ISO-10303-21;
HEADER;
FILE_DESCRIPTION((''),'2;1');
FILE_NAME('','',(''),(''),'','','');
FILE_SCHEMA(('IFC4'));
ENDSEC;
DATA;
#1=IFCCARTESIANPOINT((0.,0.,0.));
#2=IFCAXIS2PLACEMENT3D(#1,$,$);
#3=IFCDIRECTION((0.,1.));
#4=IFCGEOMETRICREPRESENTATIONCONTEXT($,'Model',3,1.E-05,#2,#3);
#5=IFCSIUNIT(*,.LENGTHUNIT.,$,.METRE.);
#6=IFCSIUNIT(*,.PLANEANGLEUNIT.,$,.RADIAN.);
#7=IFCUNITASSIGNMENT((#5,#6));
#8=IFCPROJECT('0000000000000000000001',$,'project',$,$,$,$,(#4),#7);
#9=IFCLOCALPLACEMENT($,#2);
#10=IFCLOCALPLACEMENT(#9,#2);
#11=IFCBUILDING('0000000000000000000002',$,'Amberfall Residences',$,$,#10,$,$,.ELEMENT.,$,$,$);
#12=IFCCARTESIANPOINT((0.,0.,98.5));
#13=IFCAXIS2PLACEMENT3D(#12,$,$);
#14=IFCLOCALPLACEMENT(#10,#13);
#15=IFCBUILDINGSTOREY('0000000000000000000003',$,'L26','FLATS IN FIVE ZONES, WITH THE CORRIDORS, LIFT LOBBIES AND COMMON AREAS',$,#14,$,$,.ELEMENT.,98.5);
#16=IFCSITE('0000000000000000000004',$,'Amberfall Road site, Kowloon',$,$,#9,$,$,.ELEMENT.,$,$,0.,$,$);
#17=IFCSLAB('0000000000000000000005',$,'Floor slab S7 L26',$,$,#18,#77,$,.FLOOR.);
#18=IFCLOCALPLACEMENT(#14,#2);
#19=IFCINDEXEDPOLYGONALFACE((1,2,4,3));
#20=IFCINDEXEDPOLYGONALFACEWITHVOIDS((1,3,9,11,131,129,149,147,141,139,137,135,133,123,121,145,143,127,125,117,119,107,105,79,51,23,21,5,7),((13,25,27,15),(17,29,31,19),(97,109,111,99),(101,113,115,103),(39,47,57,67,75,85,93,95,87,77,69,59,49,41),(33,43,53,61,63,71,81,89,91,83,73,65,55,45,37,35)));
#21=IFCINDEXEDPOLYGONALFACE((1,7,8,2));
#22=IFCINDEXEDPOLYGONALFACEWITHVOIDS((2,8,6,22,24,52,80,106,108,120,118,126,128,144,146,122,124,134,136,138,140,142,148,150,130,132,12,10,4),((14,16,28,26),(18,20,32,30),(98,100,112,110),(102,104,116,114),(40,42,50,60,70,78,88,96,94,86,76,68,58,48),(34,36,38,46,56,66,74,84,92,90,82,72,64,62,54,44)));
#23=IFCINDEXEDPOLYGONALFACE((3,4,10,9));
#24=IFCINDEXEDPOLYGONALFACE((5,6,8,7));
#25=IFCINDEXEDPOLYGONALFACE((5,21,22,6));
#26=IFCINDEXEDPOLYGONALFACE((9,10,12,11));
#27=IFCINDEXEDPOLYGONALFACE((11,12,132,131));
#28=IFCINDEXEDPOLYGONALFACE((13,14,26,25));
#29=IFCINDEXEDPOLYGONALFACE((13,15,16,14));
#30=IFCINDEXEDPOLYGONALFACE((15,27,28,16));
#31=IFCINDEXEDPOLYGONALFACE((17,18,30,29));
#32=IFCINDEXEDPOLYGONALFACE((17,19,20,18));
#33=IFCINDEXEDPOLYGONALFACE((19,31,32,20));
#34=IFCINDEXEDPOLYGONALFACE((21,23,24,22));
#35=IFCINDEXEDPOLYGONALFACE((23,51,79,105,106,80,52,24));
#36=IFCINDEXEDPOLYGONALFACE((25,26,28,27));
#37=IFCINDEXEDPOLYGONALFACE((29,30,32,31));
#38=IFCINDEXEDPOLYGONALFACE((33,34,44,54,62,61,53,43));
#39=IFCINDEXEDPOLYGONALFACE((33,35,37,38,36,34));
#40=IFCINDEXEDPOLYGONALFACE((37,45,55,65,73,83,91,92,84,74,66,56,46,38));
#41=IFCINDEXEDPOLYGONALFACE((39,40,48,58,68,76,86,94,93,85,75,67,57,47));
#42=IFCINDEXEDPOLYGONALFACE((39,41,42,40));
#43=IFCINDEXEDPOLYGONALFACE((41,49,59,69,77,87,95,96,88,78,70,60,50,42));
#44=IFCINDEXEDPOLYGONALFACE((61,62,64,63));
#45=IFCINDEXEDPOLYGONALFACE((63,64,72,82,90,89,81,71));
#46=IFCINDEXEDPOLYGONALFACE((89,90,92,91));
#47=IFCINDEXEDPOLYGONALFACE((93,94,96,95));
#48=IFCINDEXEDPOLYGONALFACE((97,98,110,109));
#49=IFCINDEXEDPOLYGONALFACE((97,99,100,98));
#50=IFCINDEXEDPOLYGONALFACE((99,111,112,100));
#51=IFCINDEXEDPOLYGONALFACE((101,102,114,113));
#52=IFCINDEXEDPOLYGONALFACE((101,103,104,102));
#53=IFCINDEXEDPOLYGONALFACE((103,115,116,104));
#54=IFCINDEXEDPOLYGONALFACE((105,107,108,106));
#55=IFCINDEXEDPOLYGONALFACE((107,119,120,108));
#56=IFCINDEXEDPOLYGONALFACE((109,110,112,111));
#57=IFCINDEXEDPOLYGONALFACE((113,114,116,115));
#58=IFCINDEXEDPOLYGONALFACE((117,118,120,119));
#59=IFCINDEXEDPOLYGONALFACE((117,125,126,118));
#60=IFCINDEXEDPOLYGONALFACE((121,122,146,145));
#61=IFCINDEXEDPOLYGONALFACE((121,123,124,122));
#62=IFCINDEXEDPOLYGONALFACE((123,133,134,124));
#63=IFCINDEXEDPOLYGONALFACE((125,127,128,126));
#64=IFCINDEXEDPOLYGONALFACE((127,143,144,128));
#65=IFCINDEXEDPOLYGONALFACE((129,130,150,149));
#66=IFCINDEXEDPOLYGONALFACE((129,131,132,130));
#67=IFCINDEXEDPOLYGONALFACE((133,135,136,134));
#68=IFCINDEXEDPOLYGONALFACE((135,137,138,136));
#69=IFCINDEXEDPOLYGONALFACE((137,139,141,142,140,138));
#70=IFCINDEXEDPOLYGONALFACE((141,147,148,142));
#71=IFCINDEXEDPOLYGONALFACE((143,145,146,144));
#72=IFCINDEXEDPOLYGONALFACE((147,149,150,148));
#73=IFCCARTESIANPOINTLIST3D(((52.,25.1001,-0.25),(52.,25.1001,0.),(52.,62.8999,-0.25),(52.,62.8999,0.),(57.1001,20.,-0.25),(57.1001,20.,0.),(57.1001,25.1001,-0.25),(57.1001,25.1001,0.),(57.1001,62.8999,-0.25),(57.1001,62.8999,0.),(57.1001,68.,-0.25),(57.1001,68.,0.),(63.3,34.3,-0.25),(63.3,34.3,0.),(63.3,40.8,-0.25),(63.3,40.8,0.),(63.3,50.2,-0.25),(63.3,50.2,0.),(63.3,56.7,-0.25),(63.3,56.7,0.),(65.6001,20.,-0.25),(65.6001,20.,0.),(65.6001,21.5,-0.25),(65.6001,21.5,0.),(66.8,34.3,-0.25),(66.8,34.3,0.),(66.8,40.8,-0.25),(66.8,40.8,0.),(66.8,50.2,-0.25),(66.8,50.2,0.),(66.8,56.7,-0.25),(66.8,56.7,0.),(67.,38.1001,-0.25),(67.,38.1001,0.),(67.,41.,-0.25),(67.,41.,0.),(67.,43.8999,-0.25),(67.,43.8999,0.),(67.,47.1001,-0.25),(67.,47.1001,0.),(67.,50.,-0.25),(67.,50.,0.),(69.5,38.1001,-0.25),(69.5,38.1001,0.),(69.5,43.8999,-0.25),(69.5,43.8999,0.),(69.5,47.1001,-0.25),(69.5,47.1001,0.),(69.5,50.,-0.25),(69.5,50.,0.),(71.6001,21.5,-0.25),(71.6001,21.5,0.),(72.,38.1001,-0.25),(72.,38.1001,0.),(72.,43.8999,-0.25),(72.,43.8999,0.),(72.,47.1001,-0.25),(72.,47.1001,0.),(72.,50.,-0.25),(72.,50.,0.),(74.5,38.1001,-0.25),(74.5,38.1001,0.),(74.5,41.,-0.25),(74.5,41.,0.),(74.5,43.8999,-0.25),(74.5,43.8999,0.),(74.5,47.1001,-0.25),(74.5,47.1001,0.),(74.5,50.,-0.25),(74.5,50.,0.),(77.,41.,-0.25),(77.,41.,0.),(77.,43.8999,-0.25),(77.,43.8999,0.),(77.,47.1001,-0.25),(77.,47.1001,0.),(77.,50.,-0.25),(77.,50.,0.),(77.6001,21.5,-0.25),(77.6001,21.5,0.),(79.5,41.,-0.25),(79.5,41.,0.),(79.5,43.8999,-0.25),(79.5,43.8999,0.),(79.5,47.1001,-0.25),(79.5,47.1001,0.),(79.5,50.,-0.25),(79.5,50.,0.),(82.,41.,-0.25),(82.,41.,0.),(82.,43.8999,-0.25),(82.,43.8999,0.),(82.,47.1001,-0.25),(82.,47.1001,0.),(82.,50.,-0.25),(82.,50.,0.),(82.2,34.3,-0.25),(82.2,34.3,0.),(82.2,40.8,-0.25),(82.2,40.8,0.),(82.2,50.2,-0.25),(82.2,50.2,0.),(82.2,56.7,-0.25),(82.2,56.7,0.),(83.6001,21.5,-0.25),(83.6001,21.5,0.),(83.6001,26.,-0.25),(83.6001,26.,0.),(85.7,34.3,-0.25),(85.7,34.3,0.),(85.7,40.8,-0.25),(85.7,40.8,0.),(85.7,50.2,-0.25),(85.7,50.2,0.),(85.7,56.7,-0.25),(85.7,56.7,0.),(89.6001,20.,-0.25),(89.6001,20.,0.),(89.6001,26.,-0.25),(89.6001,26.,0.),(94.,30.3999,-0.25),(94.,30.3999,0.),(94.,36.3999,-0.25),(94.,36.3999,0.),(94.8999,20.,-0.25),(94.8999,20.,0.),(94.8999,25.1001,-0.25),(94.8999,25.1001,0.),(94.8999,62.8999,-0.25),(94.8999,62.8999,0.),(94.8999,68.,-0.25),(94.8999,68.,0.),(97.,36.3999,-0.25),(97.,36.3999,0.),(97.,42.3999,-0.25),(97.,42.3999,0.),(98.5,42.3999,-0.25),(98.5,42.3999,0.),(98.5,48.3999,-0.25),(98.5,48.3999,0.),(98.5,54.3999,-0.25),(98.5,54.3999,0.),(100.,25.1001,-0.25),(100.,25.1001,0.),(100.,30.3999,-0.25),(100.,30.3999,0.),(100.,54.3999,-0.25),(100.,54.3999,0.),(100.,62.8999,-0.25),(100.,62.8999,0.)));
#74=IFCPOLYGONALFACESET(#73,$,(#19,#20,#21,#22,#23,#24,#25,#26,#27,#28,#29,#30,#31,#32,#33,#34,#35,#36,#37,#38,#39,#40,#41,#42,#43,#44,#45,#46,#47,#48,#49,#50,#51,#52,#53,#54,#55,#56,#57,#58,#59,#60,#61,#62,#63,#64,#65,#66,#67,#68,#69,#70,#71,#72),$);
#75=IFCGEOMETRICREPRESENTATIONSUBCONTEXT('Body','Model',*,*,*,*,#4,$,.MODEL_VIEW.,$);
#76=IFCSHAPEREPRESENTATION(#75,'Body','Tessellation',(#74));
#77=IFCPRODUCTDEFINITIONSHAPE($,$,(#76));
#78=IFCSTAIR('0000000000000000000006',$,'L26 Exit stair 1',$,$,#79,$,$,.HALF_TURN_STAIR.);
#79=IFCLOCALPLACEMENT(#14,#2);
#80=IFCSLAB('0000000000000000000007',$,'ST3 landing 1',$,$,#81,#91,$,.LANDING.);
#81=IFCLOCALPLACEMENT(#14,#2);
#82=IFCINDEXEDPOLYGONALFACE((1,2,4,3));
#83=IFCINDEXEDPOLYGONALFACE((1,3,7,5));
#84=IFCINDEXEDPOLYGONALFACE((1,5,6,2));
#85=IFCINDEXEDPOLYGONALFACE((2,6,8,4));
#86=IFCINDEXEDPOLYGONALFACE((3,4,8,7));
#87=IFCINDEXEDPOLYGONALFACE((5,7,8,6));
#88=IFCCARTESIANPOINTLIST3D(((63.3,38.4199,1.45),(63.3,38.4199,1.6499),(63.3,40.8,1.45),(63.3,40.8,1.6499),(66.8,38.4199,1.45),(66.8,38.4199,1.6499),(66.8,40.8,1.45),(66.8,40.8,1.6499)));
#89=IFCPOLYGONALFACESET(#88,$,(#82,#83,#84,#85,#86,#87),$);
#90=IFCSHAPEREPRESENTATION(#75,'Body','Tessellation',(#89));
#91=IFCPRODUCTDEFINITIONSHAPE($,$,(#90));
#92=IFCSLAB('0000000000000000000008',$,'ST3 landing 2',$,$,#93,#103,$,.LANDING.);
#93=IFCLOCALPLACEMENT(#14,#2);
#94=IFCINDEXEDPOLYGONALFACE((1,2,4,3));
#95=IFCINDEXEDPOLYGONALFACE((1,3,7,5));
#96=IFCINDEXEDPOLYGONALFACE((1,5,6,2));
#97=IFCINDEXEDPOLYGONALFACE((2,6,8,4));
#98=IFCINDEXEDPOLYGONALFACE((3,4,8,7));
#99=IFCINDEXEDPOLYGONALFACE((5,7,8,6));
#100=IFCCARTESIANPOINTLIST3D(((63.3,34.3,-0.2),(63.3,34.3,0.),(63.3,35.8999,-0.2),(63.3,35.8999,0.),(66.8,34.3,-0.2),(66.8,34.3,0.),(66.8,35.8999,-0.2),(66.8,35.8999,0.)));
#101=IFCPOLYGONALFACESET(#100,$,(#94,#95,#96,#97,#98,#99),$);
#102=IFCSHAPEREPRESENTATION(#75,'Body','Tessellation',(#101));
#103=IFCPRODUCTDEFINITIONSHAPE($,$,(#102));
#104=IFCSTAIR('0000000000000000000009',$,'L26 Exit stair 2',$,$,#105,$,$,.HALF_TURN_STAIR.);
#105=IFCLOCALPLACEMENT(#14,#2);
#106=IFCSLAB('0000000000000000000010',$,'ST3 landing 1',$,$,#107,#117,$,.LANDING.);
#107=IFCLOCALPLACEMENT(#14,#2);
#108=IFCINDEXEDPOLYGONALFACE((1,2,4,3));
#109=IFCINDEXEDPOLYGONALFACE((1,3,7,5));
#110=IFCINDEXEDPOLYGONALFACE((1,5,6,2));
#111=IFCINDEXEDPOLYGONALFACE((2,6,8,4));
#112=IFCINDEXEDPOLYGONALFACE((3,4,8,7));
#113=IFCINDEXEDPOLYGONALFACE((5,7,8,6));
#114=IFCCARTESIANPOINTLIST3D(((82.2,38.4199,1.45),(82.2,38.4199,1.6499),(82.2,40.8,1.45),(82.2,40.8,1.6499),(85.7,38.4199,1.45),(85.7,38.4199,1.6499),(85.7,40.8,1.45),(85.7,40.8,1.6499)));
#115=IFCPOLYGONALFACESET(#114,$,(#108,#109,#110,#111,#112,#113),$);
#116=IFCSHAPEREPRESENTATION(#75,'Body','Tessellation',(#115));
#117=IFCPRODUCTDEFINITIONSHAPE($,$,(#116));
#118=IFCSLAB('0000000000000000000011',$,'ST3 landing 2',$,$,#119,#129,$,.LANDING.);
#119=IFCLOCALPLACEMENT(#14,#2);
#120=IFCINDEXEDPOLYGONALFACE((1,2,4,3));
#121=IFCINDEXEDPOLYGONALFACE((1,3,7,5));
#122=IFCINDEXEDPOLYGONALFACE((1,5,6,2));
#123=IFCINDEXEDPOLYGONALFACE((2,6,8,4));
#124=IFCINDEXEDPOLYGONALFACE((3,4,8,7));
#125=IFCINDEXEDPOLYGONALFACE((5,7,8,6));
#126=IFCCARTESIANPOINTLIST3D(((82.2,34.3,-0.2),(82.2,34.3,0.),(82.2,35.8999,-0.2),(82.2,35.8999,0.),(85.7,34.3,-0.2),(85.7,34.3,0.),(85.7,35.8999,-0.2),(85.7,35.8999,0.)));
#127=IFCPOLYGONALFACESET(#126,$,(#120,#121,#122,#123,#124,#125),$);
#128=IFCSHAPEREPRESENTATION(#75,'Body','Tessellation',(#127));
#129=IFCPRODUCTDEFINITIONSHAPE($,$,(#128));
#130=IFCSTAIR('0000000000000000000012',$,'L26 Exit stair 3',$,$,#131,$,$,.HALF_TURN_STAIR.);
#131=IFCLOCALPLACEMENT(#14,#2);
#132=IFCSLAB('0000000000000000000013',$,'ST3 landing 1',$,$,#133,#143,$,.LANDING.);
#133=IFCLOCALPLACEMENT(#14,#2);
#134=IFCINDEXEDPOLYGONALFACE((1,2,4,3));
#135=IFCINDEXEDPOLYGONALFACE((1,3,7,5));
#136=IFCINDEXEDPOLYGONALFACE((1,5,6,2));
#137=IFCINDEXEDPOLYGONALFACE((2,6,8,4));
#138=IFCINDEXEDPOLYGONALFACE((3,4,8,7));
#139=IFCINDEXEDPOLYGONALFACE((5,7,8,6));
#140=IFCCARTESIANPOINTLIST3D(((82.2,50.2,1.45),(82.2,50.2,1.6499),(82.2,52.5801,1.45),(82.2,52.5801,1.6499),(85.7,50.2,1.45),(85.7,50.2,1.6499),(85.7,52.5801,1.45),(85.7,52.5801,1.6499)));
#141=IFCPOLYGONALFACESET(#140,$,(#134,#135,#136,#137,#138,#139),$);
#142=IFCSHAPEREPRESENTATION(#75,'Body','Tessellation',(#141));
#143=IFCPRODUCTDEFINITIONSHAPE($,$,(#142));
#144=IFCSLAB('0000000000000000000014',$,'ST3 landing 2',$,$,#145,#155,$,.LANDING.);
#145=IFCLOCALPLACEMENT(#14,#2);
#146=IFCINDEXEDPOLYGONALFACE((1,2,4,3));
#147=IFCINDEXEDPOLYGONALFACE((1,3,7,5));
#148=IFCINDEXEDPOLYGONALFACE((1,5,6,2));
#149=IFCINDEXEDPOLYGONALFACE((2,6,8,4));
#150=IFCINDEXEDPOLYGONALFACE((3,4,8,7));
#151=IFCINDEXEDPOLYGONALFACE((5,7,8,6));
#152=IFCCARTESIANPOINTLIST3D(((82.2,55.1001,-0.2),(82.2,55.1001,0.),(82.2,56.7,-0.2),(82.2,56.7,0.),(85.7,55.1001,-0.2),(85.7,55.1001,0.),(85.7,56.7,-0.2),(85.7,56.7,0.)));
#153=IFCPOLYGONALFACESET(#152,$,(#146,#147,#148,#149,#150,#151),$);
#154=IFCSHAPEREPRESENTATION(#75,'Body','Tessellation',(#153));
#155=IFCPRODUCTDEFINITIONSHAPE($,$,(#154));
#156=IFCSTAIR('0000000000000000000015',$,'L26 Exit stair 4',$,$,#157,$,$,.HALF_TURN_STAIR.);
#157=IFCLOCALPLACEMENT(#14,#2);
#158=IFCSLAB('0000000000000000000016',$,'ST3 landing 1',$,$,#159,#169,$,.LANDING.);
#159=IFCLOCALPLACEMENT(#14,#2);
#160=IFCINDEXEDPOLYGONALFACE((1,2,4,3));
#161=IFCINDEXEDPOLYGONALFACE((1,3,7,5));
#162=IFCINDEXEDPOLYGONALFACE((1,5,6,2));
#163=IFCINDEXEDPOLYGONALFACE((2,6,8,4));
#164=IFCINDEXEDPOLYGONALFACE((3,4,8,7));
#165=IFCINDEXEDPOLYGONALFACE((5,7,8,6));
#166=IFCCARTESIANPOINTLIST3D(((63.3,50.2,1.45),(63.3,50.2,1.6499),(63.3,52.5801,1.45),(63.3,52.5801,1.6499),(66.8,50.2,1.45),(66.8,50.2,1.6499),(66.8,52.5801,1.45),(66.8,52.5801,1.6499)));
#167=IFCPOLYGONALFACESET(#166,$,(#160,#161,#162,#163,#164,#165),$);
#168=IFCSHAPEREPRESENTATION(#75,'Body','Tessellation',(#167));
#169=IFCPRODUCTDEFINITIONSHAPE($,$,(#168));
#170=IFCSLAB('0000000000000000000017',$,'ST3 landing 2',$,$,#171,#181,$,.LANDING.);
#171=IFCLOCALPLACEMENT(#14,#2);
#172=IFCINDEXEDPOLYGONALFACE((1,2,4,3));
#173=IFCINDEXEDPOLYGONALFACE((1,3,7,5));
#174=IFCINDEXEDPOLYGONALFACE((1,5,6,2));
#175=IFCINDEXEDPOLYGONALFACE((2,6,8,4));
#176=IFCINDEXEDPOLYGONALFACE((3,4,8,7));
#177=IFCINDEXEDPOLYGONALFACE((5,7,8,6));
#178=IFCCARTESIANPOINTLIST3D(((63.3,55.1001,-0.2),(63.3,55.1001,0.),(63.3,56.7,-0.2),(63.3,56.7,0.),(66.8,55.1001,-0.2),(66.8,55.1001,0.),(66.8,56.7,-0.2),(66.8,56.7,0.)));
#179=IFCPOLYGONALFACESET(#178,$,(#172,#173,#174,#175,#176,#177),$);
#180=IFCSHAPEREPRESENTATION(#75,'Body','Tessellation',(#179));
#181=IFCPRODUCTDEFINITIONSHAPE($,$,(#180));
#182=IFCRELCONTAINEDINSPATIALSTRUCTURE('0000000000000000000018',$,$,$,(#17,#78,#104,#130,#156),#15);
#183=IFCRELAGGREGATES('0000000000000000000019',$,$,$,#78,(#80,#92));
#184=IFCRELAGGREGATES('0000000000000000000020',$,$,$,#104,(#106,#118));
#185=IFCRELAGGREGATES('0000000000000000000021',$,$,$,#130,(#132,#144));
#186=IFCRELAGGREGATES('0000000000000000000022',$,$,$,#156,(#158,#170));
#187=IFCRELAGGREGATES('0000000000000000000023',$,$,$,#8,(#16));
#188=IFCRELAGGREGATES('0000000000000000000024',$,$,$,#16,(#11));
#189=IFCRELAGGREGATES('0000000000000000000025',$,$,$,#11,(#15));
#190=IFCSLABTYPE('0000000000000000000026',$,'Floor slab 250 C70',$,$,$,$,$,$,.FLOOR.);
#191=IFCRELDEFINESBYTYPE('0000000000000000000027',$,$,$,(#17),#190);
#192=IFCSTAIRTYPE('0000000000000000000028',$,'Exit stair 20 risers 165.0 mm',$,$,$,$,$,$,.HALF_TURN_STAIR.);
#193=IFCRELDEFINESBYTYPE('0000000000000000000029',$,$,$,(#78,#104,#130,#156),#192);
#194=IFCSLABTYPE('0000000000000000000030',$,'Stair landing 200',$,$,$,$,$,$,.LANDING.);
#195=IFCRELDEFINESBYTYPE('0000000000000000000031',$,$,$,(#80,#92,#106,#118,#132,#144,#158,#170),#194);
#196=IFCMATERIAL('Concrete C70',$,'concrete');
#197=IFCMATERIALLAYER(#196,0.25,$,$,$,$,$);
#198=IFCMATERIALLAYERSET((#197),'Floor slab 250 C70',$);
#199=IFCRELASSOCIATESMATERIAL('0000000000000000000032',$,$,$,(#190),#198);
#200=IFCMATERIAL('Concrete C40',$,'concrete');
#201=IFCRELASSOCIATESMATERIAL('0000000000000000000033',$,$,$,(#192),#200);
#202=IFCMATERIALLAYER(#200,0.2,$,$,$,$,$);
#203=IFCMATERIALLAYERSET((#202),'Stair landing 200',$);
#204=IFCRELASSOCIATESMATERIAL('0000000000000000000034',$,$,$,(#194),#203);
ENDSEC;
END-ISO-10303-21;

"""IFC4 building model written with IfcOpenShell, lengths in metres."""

from ifc_helpers import new_model, si_unit, direction, frame, origin, place, context, subcontext, project, spatial, polyline, outline, extrude, material, layer, layer_set, type_object, element, aggregate, save


model = new_model("IFC4")

# Units and contexts
model_context = context("Model", 3, precision=1e-05, world=origin(), true_north=direction((0.0, 1.0)))
body_context = subcontext(model_context, "Body", "Model", "MODEL_VIEW")
ifc_project = project(units=[si_unit("LENGTHUNIT", "METRE"), si_unit("PLANEANGLEUNIT", "RADIAN")], contexts=[model_context])

# Site, building, storey
site_placement = place(None, origin())
site = spatial("IfcSite", under=ifc_project, at=site_placement, Name="Amberfall Road site, Kowloon", CompositionType="ELEMENT", RefElevation=0.0)
building_placement = place(site_placement, origin())
building = spatial("IfcBuilding", under=site, at=building_placement, Name="Amberfall Residences", CompositionType="ELEMENT")
storey_placement = place(building_placement, frame((0.0, 0.0, 98.5)))
storey = spatial("IfcBuildingStorey", under=building, at=storey_placement, Name="L26", Description="FLATS IN FIVE ZONES, WITH THE CORRIDORS, LIFT LOBBIES AND COMMON AREAS", CompositionType="ELEMENT", Elevation=98.5)

# Shared definitions
ifc_material_1 = material(Name="Concrete C70", Category="concrete")

# Slab
ifc_layer_1 = layer(ifc_material_1, 0.25)
ifc_layer_set_1 = layer_set([ifc_layer_1], Name="Floor slab 250 C70")
slab_type_1 = type_object("IfcSlabType", Name="Floor slab 250 C70", PredefinedType="FLOOR", material=ifc_layer_set_1)
slab_1_placement = place(storey_placement, frame((0.0, 0.0, -0.25)))
element("IfcSlab", 1, at=slab_1_placement, inside=storey, type_object=slab_type_1, Name="Floor slab S7 L26", PredefinedType="FLOOR", context=body_context, shape_type="SweptSolid", body=[
    extrude(outline(polyline([(89.6001, 20.0), (89.6001, 26.0), (83.6001, 26.0), (83.6001, 21.5), (77.6001, 21.5), (71.6001, 21.5), (65.6001, 21.5), (65.6001, 20.0), (57.1001, 20.0), (57.1001, 25.1001), (52.0, 25.1001), (52.0, 62.8999), (57.1001, 62.8999), (57.1001, 68.0), (94.8999, 68.0), (94.8999, 62.8999), (100.0, 62.8999), (100.0, 54.3999), (98.5, 54.3999), (98.5, 48.3999), (98.5, 42.3999), (97.0, 42.3999), (97.0, 36.3999), (94.0, 36.3999), (94.0, 30.3999), (100.0, 30.3999), (100.0, 25.1001), (94.8999, 25.1001), (94.8999, 20.0), (89.6001, 20.0)]), holes=[polyline([(85.7, 34.3), (85.7, 40.8), (82.2, 40.8), (82.2, 34.3), (85.7, 34.3)]), polyline([(82.2, 50.2), (85.7, 50.2), (85.7, 56.7), (82.2, 56.7), (82.2, 50.2)]), polyline([(69.5, 50.0), (67.0, 50.0), (67.0, 47.1001), (69.5, 47.1001), (72.0, 47.1001), (74.5, 47.1001), (77.0, 47.1001), (79.5, 47.1001), (82.0, 47.1001), (82.0, 50.0), (79.5, 50.0), (77.0, 50.0), (74.5, 50.0), (72.0, 50.0), (69.5, 50.0)]), polyline([(74.5, 41.0), (77.0, 41.0), (79.5, 41.0), (82.0, 41.0), (82.0, 43.8999), (79.5, 43.8999), (77.0, 43.8999), (74.5, 43.8999), (72.0, 43.8999), (69.5, 43.8999), (67.0, 43.8999), (67.0, 41.0), (67.0, 38.1001), (69.5, 38.1001), (72.0, 38.1001), (74.5, 38.1001), (74.5, 41.0)]), polyline([(66.8, 34.3), (66.8, 40.8), (63.3, 40.8), (63.3, 34.3), (66.8, 34.3)]), polyline([(66.8, 50.2), (66.8, 56.7), (63.3, 56.7), (63.3, 50.2), (66.8, 50.2)])]), origin(), (0.0, 0.0, 1.0), 0.25),
])

# Stairs, slabs
ifc_material_2 = material(Name="Concrete C40", Category="concrete")
stair_type = type_object("IfcStairType", Name="Exit stair 20 risers 165.0 mm", PredefinedType="HALF_TURN_STAIR", material=ifc_material_2)
stair_1_placement = place(storey_placement, origin())
stair_1 = element("IfcStair", 2, at=stair_1_placement, inside=storey, type_object=stair_type, Name="L26 Exit stair 1", PredefinedType="HALF_TURN_STAIR")
ifc_layer_2 = layer(ifc_material_2, 0.2)
ifc_layer_set_2 = layer_set([ifc_layer_2], Name="Stair landing 200")
slab_type_2 = type_object("IfcSlabType", Name="Stair landing 200", PredefinedType="LANDING", material=ifc_layer_set_2)
slab_2_placement = place(storey_placement, frame((0.0, 0.0, 1.45)))
slab_2 = element("IfcSlab", 3, at=slab_2_placement, type_object=slab_type_2, Name="ST3 landing 1", PredefinedType="LANDING", context=body_context, shape_type="SweptSolid", body=[
    extrude(outline(polyline([(66.8, 38.4199), (66.8, 40.8), (63.3, 40.8), (63.3, 38.4199), (66.8, 38.4199)])), origin(), (0.0, 0.0, 1.0), 0.2),
])
slab_3_placement = place(storey_placement, frame((0.0, 0.0, -0.2)))
slab_3 = element("IfcSlab", 4, at=slab_3_placement, type_object=slab_type_2, Name="ST3 landing 2", PredefinedType="LANDING", context=body_context, shape_type="SweptSolid", body=[
    extrude(outline(polyline([(66.8, 34.3), (66.8, 35.8999), (63.3, 35.8999), (63.3, 34.3), (66.8, 34.3)])), origin(), (0.0, 0.0, 1.0), 0.2),
])
aggregate(stair_1, [slab_2, slab_3])
stair_2_placement = place(storey_placement, origin())
stair_2 = element("IfcStair", 5, at=stair_2_placement, inside=storey, type_object=stair_type, Name="L26 Exit stair 2", PredefinedType="HALF_TURN_STAIR")
slab_4_placement = place(storey_placement, frame((0.0, 0.0, 1.45)))
slab_4 = element("IfcSlab", 6, at=slab_4_placement, type_object=slab_type_2, Name="ST3 landing 1", PredefinedType="LANDING", context=body_context, shape_type="SweptSolid", body=[
    extrude(outline(polyline([(85.7, 38.4199), (85.7, 40.8), (82.2, 40.8), (82.2, 38.4199), (85.7, 38.4199)])), origin(), (0.0, 0.0, 1.0), 0.2),
])
slab_5_placement = place(storey_placement, frame((0.0, 0.0, -0.2)))
slab_5 = element("IfcSlab", 7, at=slab_5_placement, type_object=slab_type_2, Name="ST3 landing 2", PredefinedType="LANDING", context=body_context, shape_type="SweptSolid", body=[
    extrude(outline(polyline([(85.7, 34.3), (85.7, 35.8999), (82.2, 35.8999), (82.2, 34.3), (85.7, 34.3)])), origin(), (0.0, 0.0, 1.0), 0.2),
])
aggregate(stair_2, [slab_4, slab_5])
stair_3_placement = place(storey_placement, origin())
stair_3 = element("IfcStair", 8, at=stair_3_placement, inside=storey, type_object=stair_type, Name="L26 Exit stair 3", PredefinedType="HALF_TURN_STAIR")
slab_6_placement = place(storey_placement, frame((0.0, 0.0, 1.45)))
slab_6 = element("IfcSlab", 9, at=slab_6_placement, type_object=slab_type_2, Name="ST3 landing 1", PredefinedType="LANDING", context=body_context, shape_type="SweptSolid", body=[
    extrude(outline(polyline([(82.2, 52.5801), (82.2, 50.2), (85.7, 50.2), (85.7, 52.5801), (82.2, 52.5801)])), origin(), (0.0, 0.0, 1.0), 0.2),
])
slab_7_placement = place(storey_placement, frame((0.0, 0.0, -0.2)))
slab_7 = element("IfcSlab", 10, at=slab_7_placement, type_object=slab_type_2, Name="ST3 landing 2", PredefinedType="LANDING", context=body_context, shape_type="SweptSolid", body=[
    extrude(outline(polyline([(82.2, 56.7), (82.2, 55.1001), (85.7, 55.1001), (85.7, 56.7), (82.2, 56.7)])), origin(), (0.0, 0.0, 1.0), 0.2),
])
aggregate(stair_3, [slab_6, slab_7])
stair_4_placement = place(storey_placement, origin())
stair_4 = element("IfcStair", 11, at=stair_4_placement, inside=storey, type_object=stair_type, Name="L26 Exit stair 4", PredefinedType="HALF_TURN_STAIR")
slab_8_placement = place(storey_placement, frame((0.0, 0.0, 1.45)))
slab_8 = element("IfcSlab", 12, at=slab_8_placement, type_object=slab_type_2, Name="ST3 landing 1", PredefinedType="LANDING", context=body_context, shape_type="SweptSolid", body=[
    extrude(outline(polyline([(63.3, 52.5801), (63.3, 50.2), (66.8, 50.2), (66.8, 52.5801), (63.3, 52.5801)])), origin(), (0.0, 0.0, 1.0), 0.2),
])
slab_9_placement = place(storey_placement, frame((0.0, 0.0, -0.2)))
slab_9 = element("IfcSlab", 13, at=slab_9_placement, type_object=slab_type_2, Name="ST3 landing 2", PredefinedType="LANDING", context=body_context, shape_type="SweptSolid", body=[
    extrude(outline(polyline([(63.3, 56.7), (63.3, 55.1001), (66.8, 55.1001), (66.8, 56.7), (63.3, 56.7)])), origin(), (0.0, 0.0, 1.0), 0.2),
])
aggregate(stair_4, [slab_8, slab_9])

save(model, "model.ifc")
